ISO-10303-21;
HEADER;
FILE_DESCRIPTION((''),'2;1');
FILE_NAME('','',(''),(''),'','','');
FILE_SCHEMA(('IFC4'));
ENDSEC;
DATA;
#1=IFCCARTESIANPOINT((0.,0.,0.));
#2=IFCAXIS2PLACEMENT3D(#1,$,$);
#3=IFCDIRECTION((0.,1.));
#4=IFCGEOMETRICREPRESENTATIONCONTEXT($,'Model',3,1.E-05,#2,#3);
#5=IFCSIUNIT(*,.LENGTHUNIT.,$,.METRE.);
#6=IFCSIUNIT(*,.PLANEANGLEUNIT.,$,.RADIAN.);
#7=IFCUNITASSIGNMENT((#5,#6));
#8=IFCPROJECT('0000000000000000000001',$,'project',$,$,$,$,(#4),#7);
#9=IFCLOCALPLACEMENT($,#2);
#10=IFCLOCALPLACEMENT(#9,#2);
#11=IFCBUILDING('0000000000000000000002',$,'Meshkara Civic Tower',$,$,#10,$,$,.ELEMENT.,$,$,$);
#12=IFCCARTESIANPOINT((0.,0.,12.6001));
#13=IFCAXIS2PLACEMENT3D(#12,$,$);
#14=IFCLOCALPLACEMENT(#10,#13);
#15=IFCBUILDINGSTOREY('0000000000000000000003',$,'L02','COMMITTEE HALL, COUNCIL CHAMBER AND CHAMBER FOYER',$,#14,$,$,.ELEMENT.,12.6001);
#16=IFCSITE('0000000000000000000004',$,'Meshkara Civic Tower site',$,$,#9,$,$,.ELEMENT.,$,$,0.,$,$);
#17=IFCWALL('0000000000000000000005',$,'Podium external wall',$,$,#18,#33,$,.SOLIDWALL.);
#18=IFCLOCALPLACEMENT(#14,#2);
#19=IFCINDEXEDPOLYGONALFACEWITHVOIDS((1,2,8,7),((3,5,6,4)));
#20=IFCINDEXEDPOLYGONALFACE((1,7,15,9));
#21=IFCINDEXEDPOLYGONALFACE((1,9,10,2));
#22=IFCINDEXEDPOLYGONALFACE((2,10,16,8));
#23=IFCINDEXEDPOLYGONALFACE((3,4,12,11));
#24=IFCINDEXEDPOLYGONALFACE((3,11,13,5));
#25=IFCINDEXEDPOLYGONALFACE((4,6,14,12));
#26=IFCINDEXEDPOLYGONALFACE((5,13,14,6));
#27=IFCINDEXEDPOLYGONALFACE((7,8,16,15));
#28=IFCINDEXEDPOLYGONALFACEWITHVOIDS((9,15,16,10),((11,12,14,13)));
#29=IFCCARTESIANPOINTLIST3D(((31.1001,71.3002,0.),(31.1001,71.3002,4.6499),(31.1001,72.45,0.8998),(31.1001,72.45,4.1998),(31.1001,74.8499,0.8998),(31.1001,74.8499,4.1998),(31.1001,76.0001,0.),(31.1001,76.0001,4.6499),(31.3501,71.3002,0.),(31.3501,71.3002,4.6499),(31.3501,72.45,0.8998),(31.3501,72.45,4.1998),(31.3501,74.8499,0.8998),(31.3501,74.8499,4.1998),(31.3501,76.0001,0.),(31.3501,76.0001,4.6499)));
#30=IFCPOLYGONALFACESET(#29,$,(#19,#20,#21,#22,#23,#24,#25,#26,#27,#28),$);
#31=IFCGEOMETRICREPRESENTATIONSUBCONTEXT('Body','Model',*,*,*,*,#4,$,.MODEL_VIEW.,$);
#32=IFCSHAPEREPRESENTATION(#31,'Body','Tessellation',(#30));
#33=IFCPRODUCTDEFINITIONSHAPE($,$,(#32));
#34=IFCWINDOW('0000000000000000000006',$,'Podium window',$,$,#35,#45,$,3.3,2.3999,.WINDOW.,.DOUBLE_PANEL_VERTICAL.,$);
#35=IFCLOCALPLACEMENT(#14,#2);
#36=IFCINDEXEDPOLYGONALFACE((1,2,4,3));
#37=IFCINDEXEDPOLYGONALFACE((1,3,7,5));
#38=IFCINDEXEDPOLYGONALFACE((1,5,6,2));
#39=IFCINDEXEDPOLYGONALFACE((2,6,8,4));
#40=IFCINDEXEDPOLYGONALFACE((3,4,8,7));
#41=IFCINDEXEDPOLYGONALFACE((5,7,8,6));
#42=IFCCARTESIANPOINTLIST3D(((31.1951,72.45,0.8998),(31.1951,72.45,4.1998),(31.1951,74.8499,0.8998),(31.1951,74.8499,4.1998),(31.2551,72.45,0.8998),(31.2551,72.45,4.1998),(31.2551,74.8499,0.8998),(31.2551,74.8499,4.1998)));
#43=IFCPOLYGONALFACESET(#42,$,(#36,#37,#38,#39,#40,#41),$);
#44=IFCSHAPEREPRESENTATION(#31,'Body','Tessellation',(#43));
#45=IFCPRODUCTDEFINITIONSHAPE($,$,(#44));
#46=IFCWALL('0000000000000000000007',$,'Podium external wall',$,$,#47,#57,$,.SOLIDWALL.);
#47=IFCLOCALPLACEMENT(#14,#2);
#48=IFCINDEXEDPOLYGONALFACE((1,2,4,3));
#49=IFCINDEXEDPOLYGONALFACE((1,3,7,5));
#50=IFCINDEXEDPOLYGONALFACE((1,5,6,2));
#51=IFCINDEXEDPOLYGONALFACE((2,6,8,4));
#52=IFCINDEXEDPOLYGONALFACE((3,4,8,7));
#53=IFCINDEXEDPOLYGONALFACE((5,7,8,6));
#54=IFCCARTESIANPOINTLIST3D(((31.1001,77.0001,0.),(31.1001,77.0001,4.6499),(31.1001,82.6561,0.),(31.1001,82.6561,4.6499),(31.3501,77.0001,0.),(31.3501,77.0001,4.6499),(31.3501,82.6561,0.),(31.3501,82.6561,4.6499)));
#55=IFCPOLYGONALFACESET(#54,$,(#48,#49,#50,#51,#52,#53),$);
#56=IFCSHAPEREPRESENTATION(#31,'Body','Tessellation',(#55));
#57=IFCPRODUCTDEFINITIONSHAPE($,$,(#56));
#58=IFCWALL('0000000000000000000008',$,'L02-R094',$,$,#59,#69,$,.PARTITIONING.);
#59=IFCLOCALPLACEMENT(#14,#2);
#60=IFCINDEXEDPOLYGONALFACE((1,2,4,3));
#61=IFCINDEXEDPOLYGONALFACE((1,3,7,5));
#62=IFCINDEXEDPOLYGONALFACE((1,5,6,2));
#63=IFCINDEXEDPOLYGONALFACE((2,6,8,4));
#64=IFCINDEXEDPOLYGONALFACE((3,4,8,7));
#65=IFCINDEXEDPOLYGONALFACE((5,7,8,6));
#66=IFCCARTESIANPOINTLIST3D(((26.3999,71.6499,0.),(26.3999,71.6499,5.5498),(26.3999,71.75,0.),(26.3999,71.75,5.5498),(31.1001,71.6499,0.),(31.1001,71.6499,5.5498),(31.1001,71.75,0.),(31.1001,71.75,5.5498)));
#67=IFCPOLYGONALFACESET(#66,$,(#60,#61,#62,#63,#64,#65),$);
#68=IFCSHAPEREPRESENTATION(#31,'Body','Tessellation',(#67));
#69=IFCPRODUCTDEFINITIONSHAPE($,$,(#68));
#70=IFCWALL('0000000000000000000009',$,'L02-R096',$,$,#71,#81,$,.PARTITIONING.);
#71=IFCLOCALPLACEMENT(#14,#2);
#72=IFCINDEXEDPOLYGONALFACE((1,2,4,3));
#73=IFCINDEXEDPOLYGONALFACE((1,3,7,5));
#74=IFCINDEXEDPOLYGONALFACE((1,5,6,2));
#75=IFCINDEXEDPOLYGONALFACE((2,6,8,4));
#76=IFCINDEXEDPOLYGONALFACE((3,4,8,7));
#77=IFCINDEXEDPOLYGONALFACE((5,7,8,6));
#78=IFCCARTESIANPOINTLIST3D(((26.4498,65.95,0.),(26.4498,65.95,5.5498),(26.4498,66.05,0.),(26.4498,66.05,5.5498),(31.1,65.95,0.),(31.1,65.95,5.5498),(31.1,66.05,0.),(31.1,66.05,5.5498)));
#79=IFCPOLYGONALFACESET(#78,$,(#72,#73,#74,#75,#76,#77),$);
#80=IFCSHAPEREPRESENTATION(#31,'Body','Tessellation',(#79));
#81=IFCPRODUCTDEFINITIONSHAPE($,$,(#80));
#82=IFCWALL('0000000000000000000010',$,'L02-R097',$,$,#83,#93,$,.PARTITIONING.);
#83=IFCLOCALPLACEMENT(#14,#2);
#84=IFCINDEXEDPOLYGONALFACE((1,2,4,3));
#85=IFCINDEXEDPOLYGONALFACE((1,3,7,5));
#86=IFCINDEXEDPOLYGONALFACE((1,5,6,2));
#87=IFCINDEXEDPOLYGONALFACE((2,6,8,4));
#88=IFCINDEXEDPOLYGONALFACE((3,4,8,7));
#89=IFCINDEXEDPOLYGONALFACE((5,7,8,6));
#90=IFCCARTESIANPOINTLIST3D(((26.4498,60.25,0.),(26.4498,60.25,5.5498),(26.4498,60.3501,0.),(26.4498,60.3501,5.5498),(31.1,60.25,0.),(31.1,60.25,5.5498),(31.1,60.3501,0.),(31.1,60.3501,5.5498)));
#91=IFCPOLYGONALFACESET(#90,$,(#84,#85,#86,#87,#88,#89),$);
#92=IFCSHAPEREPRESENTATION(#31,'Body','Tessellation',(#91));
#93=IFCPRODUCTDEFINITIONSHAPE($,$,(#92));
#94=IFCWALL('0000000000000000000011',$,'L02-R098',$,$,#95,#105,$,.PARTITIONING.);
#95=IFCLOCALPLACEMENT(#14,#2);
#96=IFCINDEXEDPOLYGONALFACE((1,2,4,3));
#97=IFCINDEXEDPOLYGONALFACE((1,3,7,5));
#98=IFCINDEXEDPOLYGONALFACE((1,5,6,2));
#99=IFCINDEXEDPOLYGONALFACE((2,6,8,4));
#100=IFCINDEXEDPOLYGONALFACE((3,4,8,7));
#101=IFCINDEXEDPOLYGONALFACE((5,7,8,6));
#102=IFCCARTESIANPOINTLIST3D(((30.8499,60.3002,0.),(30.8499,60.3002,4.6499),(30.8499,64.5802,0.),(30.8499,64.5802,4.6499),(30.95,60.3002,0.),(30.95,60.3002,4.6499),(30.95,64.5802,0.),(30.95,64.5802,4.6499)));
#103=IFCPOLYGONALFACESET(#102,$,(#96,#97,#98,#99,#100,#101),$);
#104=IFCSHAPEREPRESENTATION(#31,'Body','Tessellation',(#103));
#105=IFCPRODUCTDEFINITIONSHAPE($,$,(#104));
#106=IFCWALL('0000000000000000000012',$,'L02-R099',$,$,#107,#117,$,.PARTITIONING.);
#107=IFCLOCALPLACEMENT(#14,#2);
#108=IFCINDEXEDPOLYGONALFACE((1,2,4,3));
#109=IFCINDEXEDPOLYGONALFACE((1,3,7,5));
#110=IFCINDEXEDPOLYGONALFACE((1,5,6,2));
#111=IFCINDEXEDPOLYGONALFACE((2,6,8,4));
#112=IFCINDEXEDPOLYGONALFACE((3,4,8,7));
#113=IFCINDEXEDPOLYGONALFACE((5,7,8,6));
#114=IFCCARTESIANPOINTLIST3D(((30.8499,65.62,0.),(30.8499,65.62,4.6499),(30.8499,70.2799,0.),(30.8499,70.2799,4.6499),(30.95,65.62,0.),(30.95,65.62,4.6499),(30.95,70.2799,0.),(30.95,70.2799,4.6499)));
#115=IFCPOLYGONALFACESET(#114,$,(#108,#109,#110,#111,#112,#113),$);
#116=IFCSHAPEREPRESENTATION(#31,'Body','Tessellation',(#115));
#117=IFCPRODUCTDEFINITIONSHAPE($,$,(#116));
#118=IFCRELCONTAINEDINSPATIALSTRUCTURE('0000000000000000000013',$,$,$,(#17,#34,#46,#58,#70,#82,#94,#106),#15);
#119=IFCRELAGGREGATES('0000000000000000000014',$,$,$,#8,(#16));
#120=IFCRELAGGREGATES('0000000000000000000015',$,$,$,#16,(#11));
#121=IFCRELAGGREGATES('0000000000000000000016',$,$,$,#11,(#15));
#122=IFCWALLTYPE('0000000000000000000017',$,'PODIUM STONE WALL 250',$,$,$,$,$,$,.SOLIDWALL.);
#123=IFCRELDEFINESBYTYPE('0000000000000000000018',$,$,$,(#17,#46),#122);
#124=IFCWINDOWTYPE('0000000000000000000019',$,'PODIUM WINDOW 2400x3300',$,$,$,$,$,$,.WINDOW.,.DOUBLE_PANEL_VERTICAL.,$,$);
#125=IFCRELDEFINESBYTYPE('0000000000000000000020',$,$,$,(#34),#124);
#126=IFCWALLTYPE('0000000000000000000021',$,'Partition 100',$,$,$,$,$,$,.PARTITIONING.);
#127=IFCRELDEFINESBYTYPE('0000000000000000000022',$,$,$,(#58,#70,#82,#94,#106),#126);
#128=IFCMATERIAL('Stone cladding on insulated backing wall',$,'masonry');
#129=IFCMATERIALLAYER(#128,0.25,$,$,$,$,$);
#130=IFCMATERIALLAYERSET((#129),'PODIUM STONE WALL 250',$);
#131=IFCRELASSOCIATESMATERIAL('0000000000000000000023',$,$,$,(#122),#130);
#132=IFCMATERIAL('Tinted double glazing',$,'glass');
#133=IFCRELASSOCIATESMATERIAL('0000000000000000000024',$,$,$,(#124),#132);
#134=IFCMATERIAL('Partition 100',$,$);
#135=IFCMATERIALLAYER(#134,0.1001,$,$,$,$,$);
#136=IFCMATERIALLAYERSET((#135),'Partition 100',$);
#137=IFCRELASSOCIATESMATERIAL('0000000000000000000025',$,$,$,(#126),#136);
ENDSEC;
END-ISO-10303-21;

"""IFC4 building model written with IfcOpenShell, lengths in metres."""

from ifc_helpers import new_model, si_unit, direction, frame, frame_2d, origin, place, context, subcontext, project, spatial, rectangle, extrude, material, layer, layer_set, type_object, element, fill, save


model = new_model("IFC4")

# Units and contexts
model_context = context("Model", 3, precision=1e-05, world=origin(), true_north=direction((0.0, 1.0)))
body_context = subcontext(model_context, "Body", "Model", "MODEL_VIEW")
ifc_project = project(units=[si_unit("LENGTHUNIT", "METRE"), si_unit("PLANEANGLEUNIT", "RADIAN")], contexts=[model_context])

# Site, building, storey
site_placement = place(None, origin())
site = spatial("IfcSite", under=ifc_project, at=site_placement, Name="Meshkara Civic Tower site", CompositionType="ELEMENT", RefElevation=0.0)
building_placement = place(site_placement, origin())
building = spatial("IfcBuilding", under=site, at=building_placement, Name="Meshkara Civic Tower", CompositionType="ELEMENT")
storey_placement = place(building_placement, frame((0.0, 0.0, 12.6001)))
storey = spatial("IfcBuildingStorey", under=building, at=storey_placement, Name="L02", Description="COMMITTEE HALL, COUNCIL CHAMBER AND CHAMBER FOYER", CompositionType="ELEMENT", Elevation=12.6001)

# Shared definitions
ifc_material_1 = material(Name="Stone cladding on insulated backing wall", Category="masonry")
ifc_layer_1 = layer(ifc_material_1, 0.25)
ifc_layer_set_1 = layer_set([ifc_layer_1], Name="PODIUM STONE WALL 250")
wall_type_1 = type_object("IfcWallType", Name="PODIUM STONE WALL 250", PredefinedType="SOLIDWALL", material=ifc_layer_set_1)

# Shared definitions
ifc_material_2 = material(Name="Tinted double glazing", Category="glass")
window_type = type_object("IfcWindowType", Name="PODIUM WINDOW 2400x3300", PartitioningType="DOUBLE_PANEL_VERTICAL", PredefinedType="WINDOW", material=ifc_material_2)

# Wall, opening, window
wall_1_placement = place(storey_placement, frame((31.2251, 71.3, 0.0), z_axis=(0.0, 0.0, 1.0), x_axis=(0.0, 1.0, 0.0)))
wall_1 = element("IfcWall", 1, at=wall_1_placement, inside=storey, type_object=wall_type_1, Name="Podium external wall", PredefinedType="SOLIDWALL", context=body_context, shape_type="SweptSolid", body=[
    extrude(rectangle(XDim=4.7, YDim=0.25, at=frame_2d((2.3501, 0.0))), origin(), (0.0, 0.0, 1.0), 4.6499),
])
opening_1_placement = place(wall_1_placement, frame((1.1499, 0.0, 0.8999)))
opening_1 = element("IfcOpeningElement", 2, at=opening_1_placement, cuts=wall_1, PredefinedType="OPENING", context=body_context, shape_type="SweptSolid", body=[
    extrude(rectangle(XDim=2.3999, YDim=3.3, at=frame_2d((1.2, 1.6499))), frame((0.0, 0.135, 0.0), z_axis=(0.0, -1.0, 0.0), x_axis=(1.0, 0.0, 0.0)), (0.0, 0.0, 1.0), 0.27),
])
window_1_placement = place(opening_1_placement, origin())
window_1 = element("IfcWindow", 3, at=window_1_placement, inside=storey, type_object=window_type, Name="Podium window", OverallHeight=3.3, OverallWidth=2.3999, PartitioningType="DOUBLE_PANEL_VERTICAL", PredefinedType="WINDOW", context=body_context, shape_type="SweptSolid", body=[
    extrude(rectangle(XDim=2.3999, YDim=3.3, at=frame_2d((1.2, 1.6499))), frame((0.0, 0.03, 0.0), z_axis=(0.0, -1.0, 0.0), x_axis=(1.0, 0.0, 0.0)), (0.0, 0.0, 1.0), 0.0601),
])
fill(opening_1, window_1)

# Walls
wall_2_placement = place(storey_placement, frame((31.2251, 77.0, 0.0), z_axis=(0.0, 0.0, 1.0), x_axis=(0.0, 1.0, 0.0)))
element("IfcWall", 4, at=wall_2_placement, inside=storey, type_object=wall_type_1, Name="Podium external wall", PredefinedType="SOLIDWALL", context=body_context, shape_type="SweptSolid", body=[
    extrude(rectangle(XDim=5.656, YDim=0.25, at=frame_2d((2.8281, 0.0))), origin(), (0.0, 0.0, 1.0), 4.6499),
])
ifc_material_3 = material(Name="Partition 100")
ifc_layer_2 = layer(ifc_material_3, 0.1001)
ifc_layer_set_2 = layer_set([ifc_layer_2], Name="Partition 100")
wall_type_2 = type_object("IfcWallType", Name="Partition 100", PredefinedType="PARTITIONING", material=ifc_layer_set_2)
wall_3_placement = place(storey_placement, frame((26.3999, 71.7, 0.0), z_axis=(0.0, 0.0, 1.0), x_axis=(1.0, 0.0, 0.0)))
element("IfcWall", 5, at=wall_3_placement, inside=storey, type_object=wall_type_2, Name="L02-R094", PredefinedType="PARTITIONING", context=body_context, shape_type="SweptSolid", body=[
    extrude(rectangle(XDim=4.7002, YDim=0.1001, at=frame_2d((2.3501, 0.0))), origin(), (0.0, 0.0, 1.0), 5.5498),
])
for number, where, z_axis, x_axis, name in (
    (6, (31.1001, 66.0, 0.0), (0.0, 0.0, 1.0), (-1.0, 0.0, 0.0), "L02-R096"),
    (7, (31.1001, 60.3, 0.0), (0.0, 0.0, 1.0), (-1.0, 0.0, 0.0), "L02-R097"),
):
    element("IfcWall", number, at=place(storey_placement, frame(where, z_axis=z_axis, x_axis=x_axis)), inside=storey, type_object=wall_type_2, Name=name, PredefinedType="PARTITIONING", context=body_context, shape_type="SweptSolid", body=[
        extrude(rectangle(XDim=4.6501, YDim=0.1001, at=frame_2d((2.3252, 0.0))), origin(), (0.0, 0.0, 1.0), 5.5498),
    ])
wall_4_placement = place(storey_placement, frame((30.8999, 60.3, 0.0), z_axis=(0.0, 0.0, 1.0), x_axis=(0.0, 1.0, 0.0)))
element("IfcWall", 8, at=wall_4_placement, inside=storey, type_object=wall_type_2, Name="L02-R098", PredefinedType="PARTITIONING", context=body_context, shape_type="SweptSolid", body=[
    extrude(rectangle(XDim=4.28, YDim=0.1001, at=frame_2d((2.1401, 0.0))), origin(), (0.0, 0.0, 1.0), 4.6499),
])
wall_5_placement = place(storey_placement, frame((30.8999, 70.28, 0.0), z_axis=(0.0, 0.0, 1.0), x_axis=(0.0, -1.0, 0.0)))
element("IfcWall", 9, at=wall_5_placement, inside=storey, type_object=wall_type_2, Name="L02-R099", PredefinedType="PARTITIONING", context=body_context, shape_type="SweptSolid", body=[
    extrude(rectangle(XDim=4.6599, YDim=0.1001, at=frame_2d((2.3301, 0.0))), origin(), (0.0, 0.0, 1.0), 4.6499),
])

save(model, "model.ifc")
